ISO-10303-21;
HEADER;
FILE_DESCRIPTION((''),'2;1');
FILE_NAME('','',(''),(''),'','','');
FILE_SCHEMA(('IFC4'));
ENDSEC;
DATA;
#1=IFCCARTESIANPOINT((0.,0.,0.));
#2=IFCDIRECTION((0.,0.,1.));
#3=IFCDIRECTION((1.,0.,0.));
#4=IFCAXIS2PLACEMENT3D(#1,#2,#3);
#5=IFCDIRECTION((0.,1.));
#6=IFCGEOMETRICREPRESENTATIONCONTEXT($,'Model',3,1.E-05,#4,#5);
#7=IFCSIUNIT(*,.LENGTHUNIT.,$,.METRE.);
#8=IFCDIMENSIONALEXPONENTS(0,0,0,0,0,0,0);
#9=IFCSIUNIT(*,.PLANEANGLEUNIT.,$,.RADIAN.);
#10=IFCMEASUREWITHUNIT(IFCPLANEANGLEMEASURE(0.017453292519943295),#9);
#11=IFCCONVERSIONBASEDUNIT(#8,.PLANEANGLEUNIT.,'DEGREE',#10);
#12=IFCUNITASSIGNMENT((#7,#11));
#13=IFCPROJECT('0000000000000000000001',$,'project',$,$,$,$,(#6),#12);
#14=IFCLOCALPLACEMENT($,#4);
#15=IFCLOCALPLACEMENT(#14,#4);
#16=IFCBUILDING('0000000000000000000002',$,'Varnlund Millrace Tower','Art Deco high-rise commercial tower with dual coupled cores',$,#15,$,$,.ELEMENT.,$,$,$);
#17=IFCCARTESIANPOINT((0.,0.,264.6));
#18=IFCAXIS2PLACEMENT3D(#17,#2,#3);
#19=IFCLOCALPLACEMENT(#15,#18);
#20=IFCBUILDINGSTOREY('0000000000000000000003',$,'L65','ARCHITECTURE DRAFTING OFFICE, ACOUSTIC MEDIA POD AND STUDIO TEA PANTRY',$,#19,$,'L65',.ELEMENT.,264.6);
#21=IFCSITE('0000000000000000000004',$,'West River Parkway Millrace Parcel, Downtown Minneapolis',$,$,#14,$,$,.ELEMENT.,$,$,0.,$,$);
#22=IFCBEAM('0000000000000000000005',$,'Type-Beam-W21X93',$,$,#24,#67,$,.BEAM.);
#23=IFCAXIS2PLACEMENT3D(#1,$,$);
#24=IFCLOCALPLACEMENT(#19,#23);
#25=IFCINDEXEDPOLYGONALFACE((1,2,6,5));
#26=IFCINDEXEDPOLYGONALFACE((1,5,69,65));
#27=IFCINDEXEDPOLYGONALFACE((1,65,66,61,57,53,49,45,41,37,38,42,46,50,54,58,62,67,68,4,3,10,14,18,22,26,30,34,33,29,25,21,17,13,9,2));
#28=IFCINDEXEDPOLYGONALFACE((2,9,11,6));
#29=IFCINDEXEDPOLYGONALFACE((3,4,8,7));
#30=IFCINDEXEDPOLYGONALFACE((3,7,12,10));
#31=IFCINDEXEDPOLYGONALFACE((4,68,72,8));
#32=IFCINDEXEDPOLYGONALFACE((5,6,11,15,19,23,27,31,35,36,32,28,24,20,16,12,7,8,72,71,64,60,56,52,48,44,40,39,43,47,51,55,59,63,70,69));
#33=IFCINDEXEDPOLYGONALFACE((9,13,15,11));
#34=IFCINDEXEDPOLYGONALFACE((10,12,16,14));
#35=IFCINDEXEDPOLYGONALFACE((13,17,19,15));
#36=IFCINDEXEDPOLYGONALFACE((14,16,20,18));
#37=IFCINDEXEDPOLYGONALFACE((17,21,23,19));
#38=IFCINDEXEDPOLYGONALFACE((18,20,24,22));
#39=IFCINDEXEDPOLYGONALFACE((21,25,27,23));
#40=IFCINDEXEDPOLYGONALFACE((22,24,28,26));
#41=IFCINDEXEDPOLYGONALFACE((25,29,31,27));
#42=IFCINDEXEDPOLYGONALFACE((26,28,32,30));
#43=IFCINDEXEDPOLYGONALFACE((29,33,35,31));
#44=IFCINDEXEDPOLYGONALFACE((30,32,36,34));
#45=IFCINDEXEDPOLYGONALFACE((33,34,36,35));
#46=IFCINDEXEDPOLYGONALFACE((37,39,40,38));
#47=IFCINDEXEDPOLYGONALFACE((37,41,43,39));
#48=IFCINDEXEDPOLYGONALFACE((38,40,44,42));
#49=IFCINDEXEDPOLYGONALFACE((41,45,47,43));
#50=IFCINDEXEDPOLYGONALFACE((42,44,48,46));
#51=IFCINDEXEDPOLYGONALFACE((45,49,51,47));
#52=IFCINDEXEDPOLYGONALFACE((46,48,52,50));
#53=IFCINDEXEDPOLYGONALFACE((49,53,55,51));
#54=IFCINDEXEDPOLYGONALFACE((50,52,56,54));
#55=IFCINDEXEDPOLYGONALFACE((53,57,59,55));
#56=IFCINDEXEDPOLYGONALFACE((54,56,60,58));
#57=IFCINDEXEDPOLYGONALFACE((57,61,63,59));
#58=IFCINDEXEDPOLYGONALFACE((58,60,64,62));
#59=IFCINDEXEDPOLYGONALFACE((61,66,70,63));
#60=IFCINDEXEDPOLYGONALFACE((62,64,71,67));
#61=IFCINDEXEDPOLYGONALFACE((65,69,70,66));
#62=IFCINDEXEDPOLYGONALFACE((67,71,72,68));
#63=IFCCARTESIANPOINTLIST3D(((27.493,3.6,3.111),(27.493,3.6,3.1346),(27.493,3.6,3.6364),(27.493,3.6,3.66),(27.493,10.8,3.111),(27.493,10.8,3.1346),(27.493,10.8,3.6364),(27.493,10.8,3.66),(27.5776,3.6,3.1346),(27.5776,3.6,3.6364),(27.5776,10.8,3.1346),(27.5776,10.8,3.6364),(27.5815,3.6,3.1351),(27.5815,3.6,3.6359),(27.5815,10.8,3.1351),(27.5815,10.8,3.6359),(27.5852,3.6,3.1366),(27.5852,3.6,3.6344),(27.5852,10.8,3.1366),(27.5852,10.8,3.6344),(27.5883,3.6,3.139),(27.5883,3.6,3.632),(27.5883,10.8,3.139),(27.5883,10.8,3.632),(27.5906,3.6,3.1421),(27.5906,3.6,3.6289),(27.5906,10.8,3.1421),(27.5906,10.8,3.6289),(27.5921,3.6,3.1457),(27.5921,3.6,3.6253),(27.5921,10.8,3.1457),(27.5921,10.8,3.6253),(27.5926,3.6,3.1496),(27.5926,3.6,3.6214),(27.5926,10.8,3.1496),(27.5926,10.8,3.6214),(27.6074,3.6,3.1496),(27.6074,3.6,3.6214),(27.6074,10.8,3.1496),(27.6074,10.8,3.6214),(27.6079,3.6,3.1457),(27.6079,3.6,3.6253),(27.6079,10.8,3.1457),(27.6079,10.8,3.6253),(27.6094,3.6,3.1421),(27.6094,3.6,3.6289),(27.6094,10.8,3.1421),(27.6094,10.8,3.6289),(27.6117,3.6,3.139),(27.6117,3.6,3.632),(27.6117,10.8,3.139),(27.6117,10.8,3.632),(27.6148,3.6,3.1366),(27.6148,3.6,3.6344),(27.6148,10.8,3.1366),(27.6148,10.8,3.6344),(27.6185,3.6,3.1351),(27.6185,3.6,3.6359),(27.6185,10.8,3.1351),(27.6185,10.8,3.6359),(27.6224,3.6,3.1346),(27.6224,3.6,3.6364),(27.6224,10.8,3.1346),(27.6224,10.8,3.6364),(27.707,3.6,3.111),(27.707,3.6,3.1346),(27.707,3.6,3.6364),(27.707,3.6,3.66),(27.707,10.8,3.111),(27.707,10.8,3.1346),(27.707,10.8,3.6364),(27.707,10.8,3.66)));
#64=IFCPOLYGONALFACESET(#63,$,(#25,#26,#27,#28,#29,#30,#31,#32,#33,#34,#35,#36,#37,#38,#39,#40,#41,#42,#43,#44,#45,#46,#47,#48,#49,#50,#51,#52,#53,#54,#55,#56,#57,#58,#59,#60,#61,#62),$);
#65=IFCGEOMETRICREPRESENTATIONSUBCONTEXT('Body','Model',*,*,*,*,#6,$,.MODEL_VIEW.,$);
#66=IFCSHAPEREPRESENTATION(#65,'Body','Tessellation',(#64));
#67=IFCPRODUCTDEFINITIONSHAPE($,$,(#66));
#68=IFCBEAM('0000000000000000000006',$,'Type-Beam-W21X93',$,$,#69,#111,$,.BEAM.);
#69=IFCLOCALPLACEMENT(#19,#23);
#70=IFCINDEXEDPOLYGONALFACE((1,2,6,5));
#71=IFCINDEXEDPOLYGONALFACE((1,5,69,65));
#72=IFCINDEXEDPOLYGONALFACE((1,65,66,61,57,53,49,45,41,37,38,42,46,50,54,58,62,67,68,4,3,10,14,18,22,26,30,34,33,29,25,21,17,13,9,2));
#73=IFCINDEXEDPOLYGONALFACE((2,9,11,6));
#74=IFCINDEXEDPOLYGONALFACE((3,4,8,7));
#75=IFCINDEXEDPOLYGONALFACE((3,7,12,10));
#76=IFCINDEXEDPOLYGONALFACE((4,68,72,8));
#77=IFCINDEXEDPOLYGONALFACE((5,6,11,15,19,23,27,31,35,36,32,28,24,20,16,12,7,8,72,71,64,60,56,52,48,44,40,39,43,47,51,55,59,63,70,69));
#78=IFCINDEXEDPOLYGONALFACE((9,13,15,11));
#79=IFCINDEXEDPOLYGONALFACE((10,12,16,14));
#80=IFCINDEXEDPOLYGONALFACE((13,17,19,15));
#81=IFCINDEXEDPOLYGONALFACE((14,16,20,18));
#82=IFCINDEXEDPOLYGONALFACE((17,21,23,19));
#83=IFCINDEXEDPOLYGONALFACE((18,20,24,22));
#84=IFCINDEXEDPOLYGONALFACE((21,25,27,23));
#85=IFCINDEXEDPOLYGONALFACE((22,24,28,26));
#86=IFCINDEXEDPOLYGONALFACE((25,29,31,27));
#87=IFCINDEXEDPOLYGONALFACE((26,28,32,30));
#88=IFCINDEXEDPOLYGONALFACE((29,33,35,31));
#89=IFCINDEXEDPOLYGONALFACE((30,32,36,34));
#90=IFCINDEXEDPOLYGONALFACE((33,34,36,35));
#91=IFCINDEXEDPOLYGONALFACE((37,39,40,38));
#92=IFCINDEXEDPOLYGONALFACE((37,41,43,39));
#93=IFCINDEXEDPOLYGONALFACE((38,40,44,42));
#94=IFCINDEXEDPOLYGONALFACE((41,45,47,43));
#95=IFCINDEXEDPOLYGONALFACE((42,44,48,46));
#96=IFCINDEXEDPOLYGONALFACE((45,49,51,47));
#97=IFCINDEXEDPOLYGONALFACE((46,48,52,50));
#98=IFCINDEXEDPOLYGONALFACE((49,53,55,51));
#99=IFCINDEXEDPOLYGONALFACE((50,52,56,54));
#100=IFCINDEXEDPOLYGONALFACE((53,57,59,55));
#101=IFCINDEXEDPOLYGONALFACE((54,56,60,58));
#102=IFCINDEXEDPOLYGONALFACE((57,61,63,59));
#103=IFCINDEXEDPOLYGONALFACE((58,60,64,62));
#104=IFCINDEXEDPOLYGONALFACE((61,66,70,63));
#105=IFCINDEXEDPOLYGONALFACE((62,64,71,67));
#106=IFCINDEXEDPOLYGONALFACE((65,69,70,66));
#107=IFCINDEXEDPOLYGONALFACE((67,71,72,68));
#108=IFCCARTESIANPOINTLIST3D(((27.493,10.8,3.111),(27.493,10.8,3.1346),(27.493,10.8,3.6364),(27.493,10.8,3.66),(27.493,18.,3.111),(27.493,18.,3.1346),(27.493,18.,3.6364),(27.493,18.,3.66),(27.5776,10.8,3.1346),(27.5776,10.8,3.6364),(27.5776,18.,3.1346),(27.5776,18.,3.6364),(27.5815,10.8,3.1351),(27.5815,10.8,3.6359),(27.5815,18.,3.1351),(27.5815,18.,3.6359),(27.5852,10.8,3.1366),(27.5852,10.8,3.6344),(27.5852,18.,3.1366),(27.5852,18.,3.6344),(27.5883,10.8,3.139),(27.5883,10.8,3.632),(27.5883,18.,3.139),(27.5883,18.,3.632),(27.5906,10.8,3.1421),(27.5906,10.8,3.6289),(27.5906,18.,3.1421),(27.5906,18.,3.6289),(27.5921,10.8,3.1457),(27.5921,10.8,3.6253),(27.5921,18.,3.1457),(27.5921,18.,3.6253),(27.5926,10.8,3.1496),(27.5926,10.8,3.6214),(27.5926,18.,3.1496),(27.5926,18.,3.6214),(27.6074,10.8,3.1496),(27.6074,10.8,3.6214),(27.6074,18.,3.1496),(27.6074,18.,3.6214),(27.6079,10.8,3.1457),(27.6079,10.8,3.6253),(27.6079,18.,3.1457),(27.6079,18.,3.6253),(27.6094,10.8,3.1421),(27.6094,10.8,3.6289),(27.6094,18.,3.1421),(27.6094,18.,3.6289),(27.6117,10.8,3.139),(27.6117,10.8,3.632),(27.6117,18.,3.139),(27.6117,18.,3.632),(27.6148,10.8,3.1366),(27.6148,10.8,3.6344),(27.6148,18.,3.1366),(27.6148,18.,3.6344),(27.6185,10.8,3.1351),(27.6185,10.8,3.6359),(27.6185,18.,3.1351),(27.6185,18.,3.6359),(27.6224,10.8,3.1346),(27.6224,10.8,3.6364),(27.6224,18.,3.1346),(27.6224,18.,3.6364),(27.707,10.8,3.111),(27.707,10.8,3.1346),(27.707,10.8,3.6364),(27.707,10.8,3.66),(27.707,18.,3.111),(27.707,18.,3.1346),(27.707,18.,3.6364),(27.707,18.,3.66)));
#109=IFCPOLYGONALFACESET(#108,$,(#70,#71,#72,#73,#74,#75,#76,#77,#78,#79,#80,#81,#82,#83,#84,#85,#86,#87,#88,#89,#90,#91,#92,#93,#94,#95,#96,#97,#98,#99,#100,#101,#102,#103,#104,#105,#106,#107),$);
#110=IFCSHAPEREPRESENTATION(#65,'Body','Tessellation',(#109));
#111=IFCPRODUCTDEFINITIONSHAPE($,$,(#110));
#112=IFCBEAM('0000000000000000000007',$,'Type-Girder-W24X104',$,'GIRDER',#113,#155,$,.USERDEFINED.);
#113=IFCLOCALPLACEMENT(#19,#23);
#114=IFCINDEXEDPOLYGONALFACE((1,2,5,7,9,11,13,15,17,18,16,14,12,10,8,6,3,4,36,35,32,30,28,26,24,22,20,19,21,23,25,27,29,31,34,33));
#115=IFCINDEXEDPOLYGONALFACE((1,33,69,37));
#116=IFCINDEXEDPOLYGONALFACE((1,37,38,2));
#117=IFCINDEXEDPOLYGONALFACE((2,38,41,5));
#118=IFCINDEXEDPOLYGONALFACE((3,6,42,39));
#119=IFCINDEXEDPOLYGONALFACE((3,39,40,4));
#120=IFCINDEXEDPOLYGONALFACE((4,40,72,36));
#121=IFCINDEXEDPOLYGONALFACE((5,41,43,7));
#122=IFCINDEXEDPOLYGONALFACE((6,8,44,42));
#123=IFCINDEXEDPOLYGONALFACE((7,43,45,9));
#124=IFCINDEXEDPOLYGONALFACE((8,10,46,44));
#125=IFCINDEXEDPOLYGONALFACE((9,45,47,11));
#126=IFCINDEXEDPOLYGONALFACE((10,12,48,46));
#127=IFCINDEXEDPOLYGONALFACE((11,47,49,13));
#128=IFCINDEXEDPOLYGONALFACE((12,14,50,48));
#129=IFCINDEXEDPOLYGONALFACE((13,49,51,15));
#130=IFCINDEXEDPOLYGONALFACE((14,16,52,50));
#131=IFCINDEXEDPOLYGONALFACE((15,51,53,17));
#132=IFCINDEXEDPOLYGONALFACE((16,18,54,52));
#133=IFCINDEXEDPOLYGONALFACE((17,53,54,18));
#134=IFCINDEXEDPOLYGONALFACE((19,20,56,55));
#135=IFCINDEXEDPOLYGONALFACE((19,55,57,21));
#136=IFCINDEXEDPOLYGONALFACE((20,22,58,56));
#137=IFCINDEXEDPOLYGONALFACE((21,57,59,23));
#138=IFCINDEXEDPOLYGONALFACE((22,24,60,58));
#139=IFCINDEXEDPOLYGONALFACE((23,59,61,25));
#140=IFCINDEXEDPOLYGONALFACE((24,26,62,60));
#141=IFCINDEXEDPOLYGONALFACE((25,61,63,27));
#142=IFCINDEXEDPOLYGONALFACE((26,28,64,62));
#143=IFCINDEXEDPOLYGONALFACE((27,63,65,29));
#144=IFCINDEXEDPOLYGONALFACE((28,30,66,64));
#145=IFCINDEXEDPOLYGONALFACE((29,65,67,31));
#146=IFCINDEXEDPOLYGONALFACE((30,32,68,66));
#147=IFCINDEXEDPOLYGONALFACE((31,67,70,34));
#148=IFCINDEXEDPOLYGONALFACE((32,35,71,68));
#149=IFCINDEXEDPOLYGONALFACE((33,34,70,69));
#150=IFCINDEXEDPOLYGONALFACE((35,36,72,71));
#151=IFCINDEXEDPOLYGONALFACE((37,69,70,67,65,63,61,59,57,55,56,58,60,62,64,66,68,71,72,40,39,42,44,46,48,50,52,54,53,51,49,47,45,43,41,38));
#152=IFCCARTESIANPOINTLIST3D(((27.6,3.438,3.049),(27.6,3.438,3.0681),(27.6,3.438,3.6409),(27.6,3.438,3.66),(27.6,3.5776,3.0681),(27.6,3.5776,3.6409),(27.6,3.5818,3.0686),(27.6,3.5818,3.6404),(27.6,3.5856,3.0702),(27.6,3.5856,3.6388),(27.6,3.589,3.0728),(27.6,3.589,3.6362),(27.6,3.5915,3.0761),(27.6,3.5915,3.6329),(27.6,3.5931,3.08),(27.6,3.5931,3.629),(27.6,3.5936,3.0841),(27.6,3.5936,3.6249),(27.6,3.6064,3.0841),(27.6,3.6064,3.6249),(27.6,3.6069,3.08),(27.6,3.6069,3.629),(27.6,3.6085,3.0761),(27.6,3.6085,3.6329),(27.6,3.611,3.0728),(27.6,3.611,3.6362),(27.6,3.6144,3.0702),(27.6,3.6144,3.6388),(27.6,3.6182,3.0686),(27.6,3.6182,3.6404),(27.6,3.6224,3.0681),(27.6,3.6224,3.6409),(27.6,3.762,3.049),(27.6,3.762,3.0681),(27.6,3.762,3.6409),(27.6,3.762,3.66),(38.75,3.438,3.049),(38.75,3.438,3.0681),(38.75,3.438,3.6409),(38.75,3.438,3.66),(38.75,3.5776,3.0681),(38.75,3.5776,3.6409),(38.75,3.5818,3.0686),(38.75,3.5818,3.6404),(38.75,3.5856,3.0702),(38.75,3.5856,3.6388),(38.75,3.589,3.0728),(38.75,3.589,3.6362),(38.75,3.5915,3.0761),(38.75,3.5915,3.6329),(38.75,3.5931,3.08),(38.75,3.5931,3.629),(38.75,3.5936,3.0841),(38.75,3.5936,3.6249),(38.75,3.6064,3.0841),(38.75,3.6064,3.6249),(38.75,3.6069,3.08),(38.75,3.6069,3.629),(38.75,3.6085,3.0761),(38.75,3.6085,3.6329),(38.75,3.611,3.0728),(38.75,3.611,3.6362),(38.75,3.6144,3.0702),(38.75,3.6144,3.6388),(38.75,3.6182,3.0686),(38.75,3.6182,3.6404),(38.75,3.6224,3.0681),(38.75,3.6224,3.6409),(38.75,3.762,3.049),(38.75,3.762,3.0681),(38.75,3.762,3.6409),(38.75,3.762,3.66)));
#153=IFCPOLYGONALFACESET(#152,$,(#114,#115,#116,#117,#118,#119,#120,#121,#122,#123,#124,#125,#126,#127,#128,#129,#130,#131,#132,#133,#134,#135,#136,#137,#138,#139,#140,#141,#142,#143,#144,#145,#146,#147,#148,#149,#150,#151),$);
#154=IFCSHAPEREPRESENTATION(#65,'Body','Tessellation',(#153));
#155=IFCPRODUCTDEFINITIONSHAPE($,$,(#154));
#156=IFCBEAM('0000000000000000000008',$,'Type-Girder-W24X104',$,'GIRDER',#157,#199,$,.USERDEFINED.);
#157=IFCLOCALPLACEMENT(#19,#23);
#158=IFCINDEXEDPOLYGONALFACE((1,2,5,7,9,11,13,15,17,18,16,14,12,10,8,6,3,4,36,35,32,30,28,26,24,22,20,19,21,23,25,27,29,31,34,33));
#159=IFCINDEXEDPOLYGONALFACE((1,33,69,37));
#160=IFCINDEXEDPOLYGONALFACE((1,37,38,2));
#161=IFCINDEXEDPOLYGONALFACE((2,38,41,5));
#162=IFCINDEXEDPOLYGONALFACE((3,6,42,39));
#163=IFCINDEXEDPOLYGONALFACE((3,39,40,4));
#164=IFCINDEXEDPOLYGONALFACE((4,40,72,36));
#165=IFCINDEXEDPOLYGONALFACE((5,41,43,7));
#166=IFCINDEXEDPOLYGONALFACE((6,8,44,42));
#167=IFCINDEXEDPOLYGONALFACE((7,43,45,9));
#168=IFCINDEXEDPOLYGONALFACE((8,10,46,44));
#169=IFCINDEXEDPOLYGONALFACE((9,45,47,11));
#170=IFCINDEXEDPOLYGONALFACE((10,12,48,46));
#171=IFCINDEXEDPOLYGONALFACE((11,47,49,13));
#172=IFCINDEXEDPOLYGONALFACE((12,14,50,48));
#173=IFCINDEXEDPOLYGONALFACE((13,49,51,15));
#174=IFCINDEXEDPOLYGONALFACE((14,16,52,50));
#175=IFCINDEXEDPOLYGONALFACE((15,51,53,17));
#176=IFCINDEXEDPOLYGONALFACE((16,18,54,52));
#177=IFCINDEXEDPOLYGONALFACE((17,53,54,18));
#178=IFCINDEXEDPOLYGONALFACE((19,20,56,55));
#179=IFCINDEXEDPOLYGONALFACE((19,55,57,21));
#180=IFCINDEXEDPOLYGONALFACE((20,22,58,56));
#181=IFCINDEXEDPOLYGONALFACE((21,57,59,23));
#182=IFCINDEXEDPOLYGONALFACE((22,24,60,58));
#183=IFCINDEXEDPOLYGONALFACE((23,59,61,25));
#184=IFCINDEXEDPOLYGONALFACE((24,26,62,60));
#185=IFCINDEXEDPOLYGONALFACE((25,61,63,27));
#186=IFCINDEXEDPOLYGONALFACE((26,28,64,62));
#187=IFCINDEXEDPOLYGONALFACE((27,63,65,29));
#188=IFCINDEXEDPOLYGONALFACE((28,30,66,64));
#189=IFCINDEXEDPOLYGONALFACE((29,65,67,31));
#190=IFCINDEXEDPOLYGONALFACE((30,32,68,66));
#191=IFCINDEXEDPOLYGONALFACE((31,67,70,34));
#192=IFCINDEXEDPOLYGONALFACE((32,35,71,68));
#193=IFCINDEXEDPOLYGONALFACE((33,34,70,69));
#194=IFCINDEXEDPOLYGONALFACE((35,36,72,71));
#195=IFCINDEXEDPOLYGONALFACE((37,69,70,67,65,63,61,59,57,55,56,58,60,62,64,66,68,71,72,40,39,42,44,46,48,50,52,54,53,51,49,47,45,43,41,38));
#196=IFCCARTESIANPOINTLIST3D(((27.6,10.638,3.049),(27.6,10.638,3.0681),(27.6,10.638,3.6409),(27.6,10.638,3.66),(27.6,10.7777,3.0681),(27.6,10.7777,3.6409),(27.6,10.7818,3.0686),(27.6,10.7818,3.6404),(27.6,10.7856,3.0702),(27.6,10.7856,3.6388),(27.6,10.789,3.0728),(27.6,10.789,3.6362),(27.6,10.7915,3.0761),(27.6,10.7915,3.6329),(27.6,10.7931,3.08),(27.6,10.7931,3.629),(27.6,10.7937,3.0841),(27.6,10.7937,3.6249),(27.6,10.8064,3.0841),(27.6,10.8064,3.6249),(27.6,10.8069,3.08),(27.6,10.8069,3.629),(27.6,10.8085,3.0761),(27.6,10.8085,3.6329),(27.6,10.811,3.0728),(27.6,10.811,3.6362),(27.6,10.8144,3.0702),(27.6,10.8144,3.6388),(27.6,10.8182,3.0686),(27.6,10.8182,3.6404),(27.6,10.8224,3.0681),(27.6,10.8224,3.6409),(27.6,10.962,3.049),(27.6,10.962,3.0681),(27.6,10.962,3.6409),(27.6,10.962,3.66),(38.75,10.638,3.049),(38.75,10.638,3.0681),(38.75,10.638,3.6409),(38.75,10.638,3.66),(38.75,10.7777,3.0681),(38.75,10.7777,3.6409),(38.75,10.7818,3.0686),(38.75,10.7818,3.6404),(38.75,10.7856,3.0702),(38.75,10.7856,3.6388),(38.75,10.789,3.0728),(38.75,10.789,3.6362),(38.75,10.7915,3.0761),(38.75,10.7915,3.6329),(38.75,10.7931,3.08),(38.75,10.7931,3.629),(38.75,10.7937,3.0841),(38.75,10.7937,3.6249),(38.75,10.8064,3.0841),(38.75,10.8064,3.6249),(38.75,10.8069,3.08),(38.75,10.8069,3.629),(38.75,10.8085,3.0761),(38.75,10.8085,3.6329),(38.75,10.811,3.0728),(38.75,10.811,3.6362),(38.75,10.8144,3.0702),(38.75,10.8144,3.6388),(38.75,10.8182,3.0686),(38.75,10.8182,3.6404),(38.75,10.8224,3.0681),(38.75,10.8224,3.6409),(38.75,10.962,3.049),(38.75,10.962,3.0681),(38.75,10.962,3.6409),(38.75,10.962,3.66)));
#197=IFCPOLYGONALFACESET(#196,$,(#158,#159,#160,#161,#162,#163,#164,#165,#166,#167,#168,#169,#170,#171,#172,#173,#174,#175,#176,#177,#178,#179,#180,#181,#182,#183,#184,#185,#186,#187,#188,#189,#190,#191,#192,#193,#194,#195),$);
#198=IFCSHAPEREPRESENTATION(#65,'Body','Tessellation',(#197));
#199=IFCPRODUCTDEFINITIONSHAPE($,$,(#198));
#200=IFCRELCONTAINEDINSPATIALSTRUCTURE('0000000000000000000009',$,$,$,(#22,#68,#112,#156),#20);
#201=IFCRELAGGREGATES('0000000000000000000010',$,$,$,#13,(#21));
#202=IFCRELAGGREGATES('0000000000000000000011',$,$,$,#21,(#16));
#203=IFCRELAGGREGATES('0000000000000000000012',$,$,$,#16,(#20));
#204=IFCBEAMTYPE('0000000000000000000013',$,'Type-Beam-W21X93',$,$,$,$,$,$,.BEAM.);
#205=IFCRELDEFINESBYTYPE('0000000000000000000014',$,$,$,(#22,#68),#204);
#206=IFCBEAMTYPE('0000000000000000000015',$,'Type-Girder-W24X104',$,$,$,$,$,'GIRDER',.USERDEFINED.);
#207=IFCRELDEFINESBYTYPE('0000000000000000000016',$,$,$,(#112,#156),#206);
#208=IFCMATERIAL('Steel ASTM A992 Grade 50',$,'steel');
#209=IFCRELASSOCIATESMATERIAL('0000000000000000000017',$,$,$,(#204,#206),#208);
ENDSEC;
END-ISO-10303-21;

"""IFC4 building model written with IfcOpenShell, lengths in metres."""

from ifc_helpers import new_model, entity, si_unit, converted_unit, direction, frame, origin_with_axes, origin_2d_with_axis, place, context, subcontext, project, spatial, i_section, extrude, material, material_profile, profile_set, type_object, element, save


model = new_model("IFC4")

# Units and contexts
model_context = context("Model", 3, precision=1e-05, world=origin_with_axes(), true_north=direction((0.0, 1.0)))
body_context = subcontext(model_context, "Body", "Model", "MODEL_VIEW")
ifc_project = project(units=[si_unit("LENGTHUNIT", "METRE"), converted_unit("PLANEANGLEUNIT", "DEGREE", entity("IfcPlaneAngleMeasure", 0.017453292519943295), si_unit("PLANEANGLEUNIT", "RADIAN"), dimensions=[0, 0, 0, 0, 0, 0, 0])], contexts=[model_context])

# Site, building, storey
site_placement = place(None, origin_with_axes())
site = spatial("IfcSite", under=ifc_project, at=site_placement, Name="West River Parkway Millrace Parcel, Downtown Minneapolis", CompositionType="ELEMENT", RefElevation=0.0)
building_placement = place(site_placement, origin_with_axes())
building = spatial("IfcBuilding", under=site, at=building_placement, Name="Varnlund Millrace Tower", Description="Art Deco high-rise commercial tower with dual coupled cores", CompositionType="ELEMENT")
storey_placement = place(building_placement, frame((0.0, 0.0, 264.6), z_axis=(0.0, 0.0, 1.0), x_axis=(1.0, 0.0, 0.0)))
storey = spatial("IfcBuildingStorey", under=building, at=storey_placement, Name="L65", Description="ARCHITECTURE DRAFTING OFFICE, ACOUSTIC MEDIA POD AND STUDIO TEA PANTRY", LongName="L65", CompositionType="ELEMENT", Elevation=264.6)

# Beams
ifc_material_1 = material(Name="Steel ASTM A992 Grade 50", Category="steel")
ifc_material_profile_1 = material_profile(ifc_material_1, i_section(OverallWidth=0.214, OverallDepth=0.549, WebThickness=0.0147, FlangeThickness=0.0236, FilletRadius=0.015, at=origin_2d_with_axis()), Name="Steel ASTM A992 Grade 50")
ifc_profile_set_1 = profile_set([ifc_material_profile_1], Name="Steel ASTM A992 Grade 50")
beam_type_1 = type_object("IfcBeamType", Name="Type-Beam-W21X93", PredefinedType="BEAM", material=ifc_profile_set_1)
for number, where, z_axis, x_axis, name in (
    (1, (27.6, 3.6, 3.3855), (0.0, 1.0, 0.0), (-1.0, 0.0, 0.0), "Type-Beam-W21X93"),
    (2, (27.6, 10.8, 3.3855), (0.0, 1.0, 0.0), (-1.0, 0.0, 0.0), "Type-Beam-W21X93"),
):
    element("IfcBeam", number, at=place(storey_placement, frame(where, z_axis=z_axis, x_axis=x_axis)), inside=storey, type_object=beam_type_1, Name=name, PredefinedType="BEAM", context=body_context, shape_type="SweptSolid", body=[
        extrude(i_section(OverallWidth=0.214, OverallDepth=0.549, WebThickness=0.0147, FlangeThickness=0.0236, FilletRadius=0.015, at=origin_2d_with_axis()), origin_with_axes(), (0.0, 0.0, 1.0), 7.2),
    ])
ifc_material_profile_2 = material_profile(ifc_material_1, i_section(OverallWidth=0.324, OverallDepth=0.611, WebThickness=0.0127, FlangeThickness=0.0191, FilletRadius=0.016, at=origin_2d_with_axis()), Name="Steel ASTM A992 Grade 50")
ifc_profile_set_2 = profile_set([ifc_material_profile_2], Name="Steel ASTM A992 Grade 50")
beam_type_2 = type_object("IfcBeamType", Name="Type-Girder-W24X104", ElementType="GIRDER", PredefinedType="USERDEFINED", material=ifc_profile_set_2)
for number, where, z_axis, x_axis, name in (
    (3, (27.6, 3.6, 3.3545), (1.0, 0.0, 0.0), (0.0, 1.0, 0.0), "Type-Girder-W24X104"),
    (4, (27.6, 10.8, 3.3545), (1.0, 0.0, 0.0), (0.0, 1.0, 0.0), "Type-Girder-W24X104"),
):
    element("IfcBeam", number, at=place(storey_placement, frame(where, z_axis=z_axis, x_axis=x_axis)), inside=storey, type_object=beam_type_2, Name=name, ObjectType="GIRDER", PredefinedType="USERDEFINED", context=body_context, shape_type="SweptSolid", body=[
        extrude(i_section(OverallWidth=0.324, OverallDepth=0.611, WebThickness=0.0127, FlangeThickness=0.0191, FilletRadius=0.016, at=origin_2d_with_axis()), origin_with_axes(), (0.0, 0.0, 1.0), 11.15),
    ])

save(model, "model.ifc")
